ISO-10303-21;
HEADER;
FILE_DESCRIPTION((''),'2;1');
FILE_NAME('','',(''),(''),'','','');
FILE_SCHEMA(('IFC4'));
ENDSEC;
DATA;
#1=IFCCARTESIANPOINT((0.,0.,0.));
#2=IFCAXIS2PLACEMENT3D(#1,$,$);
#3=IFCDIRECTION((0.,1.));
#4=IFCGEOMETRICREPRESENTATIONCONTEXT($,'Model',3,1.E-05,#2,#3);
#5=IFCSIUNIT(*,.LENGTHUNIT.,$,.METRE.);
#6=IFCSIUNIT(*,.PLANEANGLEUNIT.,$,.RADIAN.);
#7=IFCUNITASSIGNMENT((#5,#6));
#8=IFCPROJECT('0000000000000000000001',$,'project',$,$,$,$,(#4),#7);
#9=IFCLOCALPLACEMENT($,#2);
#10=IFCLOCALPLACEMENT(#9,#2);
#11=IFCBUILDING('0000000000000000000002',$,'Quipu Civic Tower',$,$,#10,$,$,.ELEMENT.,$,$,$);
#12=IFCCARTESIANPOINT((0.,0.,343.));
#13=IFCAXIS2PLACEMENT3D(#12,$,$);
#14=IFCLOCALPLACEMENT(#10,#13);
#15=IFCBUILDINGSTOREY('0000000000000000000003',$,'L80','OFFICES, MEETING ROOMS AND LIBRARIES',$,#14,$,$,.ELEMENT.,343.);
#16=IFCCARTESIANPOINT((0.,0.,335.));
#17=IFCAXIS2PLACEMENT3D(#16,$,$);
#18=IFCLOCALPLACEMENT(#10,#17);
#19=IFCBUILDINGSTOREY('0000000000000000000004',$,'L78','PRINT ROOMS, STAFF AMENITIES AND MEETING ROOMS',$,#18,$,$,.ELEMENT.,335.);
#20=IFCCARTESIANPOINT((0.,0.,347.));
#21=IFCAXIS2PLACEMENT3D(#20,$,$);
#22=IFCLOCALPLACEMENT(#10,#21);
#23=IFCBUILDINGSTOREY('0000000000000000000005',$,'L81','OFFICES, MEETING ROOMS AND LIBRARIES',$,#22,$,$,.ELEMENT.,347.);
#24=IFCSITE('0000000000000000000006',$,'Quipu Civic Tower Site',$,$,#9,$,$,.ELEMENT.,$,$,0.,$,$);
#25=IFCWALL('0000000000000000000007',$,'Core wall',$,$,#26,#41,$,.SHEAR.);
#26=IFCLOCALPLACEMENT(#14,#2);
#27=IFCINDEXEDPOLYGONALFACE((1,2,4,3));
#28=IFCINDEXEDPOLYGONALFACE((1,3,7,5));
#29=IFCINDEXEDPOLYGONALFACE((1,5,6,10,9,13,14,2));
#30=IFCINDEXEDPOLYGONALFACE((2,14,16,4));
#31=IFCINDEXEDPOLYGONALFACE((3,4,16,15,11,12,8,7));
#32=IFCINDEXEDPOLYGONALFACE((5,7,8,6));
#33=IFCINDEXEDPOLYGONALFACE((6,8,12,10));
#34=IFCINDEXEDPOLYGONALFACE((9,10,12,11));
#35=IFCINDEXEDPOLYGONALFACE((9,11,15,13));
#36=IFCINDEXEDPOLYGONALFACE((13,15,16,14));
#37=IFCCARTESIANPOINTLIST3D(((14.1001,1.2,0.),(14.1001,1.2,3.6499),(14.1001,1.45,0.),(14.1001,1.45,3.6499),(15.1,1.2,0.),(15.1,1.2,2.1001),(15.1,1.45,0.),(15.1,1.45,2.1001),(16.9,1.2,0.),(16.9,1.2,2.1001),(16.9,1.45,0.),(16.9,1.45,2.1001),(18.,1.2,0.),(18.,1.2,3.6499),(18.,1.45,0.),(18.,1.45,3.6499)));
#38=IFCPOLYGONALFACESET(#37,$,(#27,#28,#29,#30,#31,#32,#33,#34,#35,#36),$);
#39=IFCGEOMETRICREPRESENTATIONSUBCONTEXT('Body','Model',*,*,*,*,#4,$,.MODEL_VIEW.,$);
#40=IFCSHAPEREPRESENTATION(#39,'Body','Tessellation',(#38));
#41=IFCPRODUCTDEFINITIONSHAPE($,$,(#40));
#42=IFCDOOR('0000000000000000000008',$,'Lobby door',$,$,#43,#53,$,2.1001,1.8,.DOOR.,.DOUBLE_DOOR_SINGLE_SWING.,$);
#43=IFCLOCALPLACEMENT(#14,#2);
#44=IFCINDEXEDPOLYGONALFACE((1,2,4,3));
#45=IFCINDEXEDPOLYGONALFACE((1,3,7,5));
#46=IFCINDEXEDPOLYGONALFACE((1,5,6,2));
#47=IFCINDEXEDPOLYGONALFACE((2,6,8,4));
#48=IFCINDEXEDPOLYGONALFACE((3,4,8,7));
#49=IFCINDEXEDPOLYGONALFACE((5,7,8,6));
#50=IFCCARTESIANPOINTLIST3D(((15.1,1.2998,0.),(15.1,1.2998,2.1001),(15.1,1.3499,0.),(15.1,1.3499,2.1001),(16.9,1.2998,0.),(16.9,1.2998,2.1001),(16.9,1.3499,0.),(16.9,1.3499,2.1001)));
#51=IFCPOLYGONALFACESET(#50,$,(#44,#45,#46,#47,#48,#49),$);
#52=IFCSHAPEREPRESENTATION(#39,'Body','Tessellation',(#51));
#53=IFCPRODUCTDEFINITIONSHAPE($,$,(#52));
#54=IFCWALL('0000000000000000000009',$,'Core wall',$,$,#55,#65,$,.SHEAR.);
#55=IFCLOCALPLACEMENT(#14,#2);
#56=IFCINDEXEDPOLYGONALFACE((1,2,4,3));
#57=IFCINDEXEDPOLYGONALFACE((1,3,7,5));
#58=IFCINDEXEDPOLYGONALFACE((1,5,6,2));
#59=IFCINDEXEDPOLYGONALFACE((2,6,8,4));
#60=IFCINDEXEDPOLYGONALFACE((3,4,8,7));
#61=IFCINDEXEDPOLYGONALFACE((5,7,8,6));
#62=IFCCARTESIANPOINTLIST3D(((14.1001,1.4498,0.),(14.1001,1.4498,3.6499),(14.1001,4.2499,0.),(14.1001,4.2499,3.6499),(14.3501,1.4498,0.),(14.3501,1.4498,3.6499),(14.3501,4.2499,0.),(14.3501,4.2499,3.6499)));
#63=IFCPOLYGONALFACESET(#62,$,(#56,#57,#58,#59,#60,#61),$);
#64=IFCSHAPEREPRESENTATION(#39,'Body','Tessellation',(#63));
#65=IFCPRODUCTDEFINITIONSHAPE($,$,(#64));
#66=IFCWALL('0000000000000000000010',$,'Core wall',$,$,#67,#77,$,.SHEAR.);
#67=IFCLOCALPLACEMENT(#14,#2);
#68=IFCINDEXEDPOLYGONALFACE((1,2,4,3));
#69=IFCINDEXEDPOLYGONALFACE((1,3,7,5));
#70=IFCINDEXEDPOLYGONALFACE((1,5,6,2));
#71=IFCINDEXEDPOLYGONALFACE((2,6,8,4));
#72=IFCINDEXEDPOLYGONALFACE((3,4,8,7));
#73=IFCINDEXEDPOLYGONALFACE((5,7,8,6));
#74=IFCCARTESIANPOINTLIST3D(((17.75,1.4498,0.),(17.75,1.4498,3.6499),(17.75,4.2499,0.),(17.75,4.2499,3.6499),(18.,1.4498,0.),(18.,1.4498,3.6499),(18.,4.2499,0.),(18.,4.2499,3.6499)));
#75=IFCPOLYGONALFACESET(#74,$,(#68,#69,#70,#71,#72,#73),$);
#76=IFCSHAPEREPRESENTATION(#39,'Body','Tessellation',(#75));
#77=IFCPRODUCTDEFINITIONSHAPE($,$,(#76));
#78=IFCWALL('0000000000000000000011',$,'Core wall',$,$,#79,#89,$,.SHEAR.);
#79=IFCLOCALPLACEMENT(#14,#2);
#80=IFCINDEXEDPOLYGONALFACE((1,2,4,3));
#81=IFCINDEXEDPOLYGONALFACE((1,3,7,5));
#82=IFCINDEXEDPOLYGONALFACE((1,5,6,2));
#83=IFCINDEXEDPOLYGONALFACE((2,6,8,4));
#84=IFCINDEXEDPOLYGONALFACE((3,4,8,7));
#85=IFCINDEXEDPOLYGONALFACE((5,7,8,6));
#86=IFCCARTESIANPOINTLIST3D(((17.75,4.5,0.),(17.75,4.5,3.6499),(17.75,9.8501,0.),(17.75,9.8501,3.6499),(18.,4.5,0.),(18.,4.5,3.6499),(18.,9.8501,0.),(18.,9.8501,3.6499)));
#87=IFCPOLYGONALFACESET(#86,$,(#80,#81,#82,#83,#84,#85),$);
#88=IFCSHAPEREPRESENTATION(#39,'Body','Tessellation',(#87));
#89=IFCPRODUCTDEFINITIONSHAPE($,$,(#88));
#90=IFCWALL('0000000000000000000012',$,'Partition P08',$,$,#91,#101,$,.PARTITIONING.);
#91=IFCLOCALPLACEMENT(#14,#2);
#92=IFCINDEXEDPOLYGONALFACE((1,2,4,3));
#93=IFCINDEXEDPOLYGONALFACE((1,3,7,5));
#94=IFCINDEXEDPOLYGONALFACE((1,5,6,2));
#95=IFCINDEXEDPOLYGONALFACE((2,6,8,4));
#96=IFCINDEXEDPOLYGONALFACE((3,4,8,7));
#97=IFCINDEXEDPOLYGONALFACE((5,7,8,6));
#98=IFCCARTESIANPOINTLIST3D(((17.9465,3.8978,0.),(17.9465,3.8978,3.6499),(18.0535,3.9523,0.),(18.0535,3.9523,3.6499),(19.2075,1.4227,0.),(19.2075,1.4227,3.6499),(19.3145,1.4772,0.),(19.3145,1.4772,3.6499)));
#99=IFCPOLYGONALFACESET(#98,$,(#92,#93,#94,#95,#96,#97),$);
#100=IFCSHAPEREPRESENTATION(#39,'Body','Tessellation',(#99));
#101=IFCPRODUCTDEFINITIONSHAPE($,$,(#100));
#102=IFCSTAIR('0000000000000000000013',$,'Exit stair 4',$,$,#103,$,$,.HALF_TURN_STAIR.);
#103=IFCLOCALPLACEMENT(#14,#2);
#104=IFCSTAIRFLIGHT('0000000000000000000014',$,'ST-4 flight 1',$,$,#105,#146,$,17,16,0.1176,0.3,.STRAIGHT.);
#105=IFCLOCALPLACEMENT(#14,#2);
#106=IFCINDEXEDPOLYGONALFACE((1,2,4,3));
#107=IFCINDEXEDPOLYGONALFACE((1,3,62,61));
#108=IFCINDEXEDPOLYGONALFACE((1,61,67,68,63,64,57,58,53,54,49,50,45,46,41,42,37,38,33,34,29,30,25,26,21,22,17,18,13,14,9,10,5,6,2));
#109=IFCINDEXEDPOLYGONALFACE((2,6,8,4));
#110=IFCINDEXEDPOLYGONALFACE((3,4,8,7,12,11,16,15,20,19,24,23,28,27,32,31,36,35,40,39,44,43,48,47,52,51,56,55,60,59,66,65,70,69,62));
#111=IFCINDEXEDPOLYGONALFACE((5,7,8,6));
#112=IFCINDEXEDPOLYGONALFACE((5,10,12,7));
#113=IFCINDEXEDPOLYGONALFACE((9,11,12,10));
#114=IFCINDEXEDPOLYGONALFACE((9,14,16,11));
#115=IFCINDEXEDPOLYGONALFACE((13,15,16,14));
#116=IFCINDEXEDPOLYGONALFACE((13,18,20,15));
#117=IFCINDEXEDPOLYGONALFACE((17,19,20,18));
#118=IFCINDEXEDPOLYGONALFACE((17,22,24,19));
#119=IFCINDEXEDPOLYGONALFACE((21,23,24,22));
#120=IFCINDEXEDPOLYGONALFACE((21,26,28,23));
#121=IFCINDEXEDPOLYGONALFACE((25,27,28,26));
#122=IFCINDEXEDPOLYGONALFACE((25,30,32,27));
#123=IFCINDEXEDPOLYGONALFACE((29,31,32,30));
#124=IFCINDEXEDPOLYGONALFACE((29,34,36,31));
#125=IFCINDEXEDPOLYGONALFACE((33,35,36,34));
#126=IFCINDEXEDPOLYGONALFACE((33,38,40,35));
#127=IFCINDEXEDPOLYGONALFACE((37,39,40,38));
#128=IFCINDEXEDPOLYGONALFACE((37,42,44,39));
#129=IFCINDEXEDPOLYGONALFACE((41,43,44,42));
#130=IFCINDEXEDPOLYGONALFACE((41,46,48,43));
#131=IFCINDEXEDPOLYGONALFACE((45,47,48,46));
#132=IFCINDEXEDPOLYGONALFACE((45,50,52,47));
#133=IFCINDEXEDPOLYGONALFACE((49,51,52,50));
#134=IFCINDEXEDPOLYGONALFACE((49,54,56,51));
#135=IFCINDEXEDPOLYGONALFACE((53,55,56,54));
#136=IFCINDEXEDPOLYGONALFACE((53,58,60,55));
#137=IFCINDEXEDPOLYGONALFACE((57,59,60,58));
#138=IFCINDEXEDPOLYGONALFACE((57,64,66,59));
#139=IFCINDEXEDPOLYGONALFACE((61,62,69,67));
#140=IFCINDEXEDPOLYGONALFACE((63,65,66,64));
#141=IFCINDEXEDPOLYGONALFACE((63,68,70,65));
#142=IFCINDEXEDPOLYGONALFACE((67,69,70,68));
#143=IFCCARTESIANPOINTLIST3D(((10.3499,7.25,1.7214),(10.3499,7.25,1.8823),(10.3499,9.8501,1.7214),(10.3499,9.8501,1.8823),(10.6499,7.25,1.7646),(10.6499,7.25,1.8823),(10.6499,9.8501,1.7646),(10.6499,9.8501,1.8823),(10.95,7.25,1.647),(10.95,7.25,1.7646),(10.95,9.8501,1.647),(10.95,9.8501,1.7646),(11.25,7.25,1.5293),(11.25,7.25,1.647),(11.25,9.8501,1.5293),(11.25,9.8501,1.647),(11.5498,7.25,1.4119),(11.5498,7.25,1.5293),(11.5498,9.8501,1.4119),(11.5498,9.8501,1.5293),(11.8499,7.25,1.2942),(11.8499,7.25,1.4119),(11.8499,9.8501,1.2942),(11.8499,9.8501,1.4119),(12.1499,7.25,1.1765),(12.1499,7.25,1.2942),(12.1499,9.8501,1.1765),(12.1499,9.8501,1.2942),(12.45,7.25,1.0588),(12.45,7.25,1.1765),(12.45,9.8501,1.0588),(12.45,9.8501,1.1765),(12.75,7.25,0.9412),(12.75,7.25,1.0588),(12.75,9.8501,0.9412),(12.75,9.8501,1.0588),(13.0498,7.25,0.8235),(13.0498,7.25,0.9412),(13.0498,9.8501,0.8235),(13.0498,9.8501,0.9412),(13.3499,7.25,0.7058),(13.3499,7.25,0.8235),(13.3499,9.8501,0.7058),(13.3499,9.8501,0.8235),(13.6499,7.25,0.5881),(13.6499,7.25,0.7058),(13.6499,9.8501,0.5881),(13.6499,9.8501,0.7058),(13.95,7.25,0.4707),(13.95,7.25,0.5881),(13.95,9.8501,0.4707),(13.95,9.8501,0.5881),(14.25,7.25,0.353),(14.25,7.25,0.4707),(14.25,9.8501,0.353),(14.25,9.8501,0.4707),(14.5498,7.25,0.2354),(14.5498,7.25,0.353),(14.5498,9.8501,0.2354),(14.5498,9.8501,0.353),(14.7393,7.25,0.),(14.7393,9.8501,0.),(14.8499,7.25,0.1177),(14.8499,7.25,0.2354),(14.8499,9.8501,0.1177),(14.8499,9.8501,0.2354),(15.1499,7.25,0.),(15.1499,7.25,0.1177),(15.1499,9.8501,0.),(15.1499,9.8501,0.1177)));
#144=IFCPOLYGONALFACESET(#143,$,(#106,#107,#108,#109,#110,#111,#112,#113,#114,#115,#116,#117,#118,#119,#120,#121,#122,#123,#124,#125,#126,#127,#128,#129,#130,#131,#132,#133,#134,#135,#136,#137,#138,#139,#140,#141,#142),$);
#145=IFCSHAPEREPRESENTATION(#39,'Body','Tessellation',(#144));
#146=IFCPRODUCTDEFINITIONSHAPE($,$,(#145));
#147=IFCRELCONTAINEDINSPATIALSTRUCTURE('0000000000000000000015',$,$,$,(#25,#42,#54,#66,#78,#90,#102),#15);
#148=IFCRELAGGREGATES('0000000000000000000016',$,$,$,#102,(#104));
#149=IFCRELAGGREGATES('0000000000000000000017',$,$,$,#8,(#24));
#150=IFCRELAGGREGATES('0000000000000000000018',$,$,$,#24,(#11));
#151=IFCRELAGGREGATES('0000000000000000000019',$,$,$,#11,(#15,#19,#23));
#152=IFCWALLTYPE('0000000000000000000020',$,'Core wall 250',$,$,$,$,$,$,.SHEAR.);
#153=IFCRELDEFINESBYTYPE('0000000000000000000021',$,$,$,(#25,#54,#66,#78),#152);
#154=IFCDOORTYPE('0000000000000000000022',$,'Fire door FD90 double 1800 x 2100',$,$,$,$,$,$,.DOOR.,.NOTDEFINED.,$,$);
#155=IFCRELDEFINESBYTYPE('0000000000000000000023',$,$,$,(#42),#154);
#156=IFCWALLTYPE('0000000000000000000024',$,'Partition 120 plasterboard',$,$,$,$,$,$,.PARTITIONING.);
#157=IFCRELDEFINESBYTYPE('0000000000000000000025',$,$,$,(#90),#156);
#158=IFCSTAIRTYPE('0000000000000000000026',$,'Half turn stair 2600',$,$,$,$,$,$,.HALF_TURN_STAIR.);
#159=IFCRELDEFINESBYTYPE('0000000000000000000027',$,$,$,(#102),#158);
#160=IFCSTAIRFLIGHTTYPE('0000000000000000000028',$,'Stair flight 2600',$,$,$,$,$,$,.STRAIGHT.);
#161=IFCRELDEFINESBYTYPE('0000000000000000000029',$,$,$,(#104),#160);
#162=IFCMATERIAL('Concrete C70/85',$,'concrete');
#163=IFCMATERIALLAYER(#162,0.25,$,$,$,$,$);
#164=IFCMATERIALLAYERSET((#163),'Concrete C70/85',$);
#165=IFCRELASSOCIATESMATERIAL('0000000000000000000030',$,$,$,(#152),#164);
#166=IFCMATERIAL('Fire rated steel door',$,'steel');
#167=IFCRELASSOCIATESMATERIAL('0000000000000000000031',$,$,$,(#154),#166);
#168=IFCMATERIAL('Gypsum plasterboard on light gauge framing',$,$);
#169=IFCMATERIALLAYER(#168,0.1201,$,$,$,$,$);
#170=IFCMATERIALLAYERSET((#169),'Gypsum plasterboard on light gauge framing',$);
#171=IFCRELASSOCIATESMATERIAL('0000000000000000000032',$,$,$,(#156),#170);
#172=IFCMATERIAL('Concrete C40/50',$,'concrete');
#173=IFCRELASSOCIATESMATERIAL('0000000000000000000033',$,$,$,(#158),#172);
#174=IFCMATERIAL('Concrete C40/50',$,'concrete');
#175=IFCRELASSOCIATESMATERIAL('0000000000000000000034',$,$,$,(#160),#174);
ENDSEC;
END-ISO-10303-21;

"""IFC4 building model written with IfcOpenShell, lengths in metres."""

from ifc_helpers import new_model, si_unit, direction, frame, frame_2d, origin, place, context, subcontext, project, spatial, polyline, rectangle, outline, extrude, material, layer, layer_set, type_object, element, fill, aggregate, save


model = new_model("IFC4")

# Units and contexts
model_context = context("Model", 3, precision=1e-05, world=origin(), true_north=direction((0.0, 1.0)))
body_context = subcontext(model_context, "Body", "Model", "MODEL_VIEW")
ifc_project = project(units=[si_unit("LENGTHUNIT", "METRE"), si_unit("PLANEANGLEUNIT", "RADIAN")], contexts=[model_context])

# Site, building, storey
site_placement = place(None, origin())
site = spatial("IfcSite", under=ifc_project, at=site_placement, Name="Quipu Civic Tower Site", CompositionType="ELEMENT", RefElevation=0.0)
building_placement = place(site_placement, origin())
building = spatial("IfcBuilding", under=site, at=building_placement, Name="Quipu Civic Tower", CompositionType="ELEMENT")
storey_1_placement = place(building_placement, frame((0.0, 0.0, 343.0)))
storey_1 = spatial("IfcBuildingStorey", under=building, at=storey_1_placement, Name="L80", Description="OFFICES, MEETING ROOMS AND LIBRARIES", CompositionType="ELEMENT", Elevation=343.0)

# Shared definitions
storey_2_placement = place(building_placement, frame((0.0, 0.0, 335.0)))
storey_2 = spatial("IfcBuildingStorey", under=building, at=storey_2_placement, Name="L78", Description="PRINT ROOMS, STAFF AMENITIES AND MEETING ROOMS", CompositionType="ELEMENT", Elevation=335.0)

# Shared definitions
storey_3_placement = place(building_placement, frame((0.0, 0.0, 347.0)))
storey_3 = spatial("IfcBuildingStorey", under=building, at=storey_3_placement, Name="L81", Description="OFFICES, MEETING ROOMS AND LIBRARIES", CompositionType="ELEMENT", Elevation=347.0)

# Wall, opening, door
ifc_material_1 = material(Name="Concrete C70/85", Category="concrete")
ifc_layer_1 = layer(ifc_material_1, 0.25)
ifc_layer_set_1 = layer_set([ifc_layer_1], Name="Concrete C70/85")
wall_type_1 = type_object("IfcWallType", Name="Core wall 250", PredefinedType="SHEAR", material=ifc_layer_set_1)
wall_1_placement = place(storey_1_placement, frame((14.1001, 1.325, 0.0), z_axis=(0.0, 0.0, 1.0), x_axis=(1.0, 0.0, 0.0)))
wall_1 = element("IfcWall", 1, at=wall_1_placement, inside=storey_1, type_object=wall_type_1, Name="Core wall", PredefinedType="SHEAR", context=body_context, shape_type="SweptSolid", body=[
    extrude(rectangle(XDim=3.8999, YDim=0.25, at=frame_2d((1.95, 0.0))), origin(), (0.0, 0.0, 1.0), 3.6499),
])
opening_placement = place(wall_1_placement, frame((1.0, 0.0, 0.0)))
opening = element("IfcOpeningElement", 2, at=opening_placement, cuts=wall_1, PredefinedType="OPENING", context=body_context, shape_type="SweptSolid", body=[
    extrude(rectangle(XDim=1.8, YDim=2.1001, at=frame_2d((0.8999, 1.05))), frame((0.0, 0.135, 0.0), z_axis=(0.0, -1.0, 0.0), x_axis=(1.0, 0.0, 0.0)), (0.0, 0.0, 1.0), 0.27),
])
ifc_material_2 = material(Name="Fire rated steel door", Category="steel")
door_type = type_object("IfcDoorType", Name="Fire door FD90 double 1800 x 2100", OperationType="NOTDEFINED", PredefinedType="DOOR", material=ifc_material_2)
door_placement = place(opening_placement, origin())
door = element("IfcDoor", 3, at=door_placement, inside=storey_1, type_object=door_type, Name="Lobby door", OperationType="DOUBLE_DOOR_SINGLE_SWING", OverallHeight=2.1001, OverallWidth=1.8, PredefinedType="DOOR", context=body_context, shape_type="SweptSolid", body=[
    extrude(rectangle(XDim=1.8, YDim=2.1001, at=frame_2d((0.8999, 1.05))), frame((0.0, 0.0249, 0.0), z_axis=(0.0, -1.0, 0.0), x_axis=(1.0, 0.0, 0.0)), (0.0, 0.0, 1.0), 0.05),
])
fill(opening, door)

# Walls
for number, where, z_axis, x_axis, name in (
    (4, (14.2251, 1.45, 0.0), (0.0, 0.0, 1.0), (0.0, 1.0, 0.0), "Core wall"),
    (5, (17.875, 1.45, 0.0), (0.0, 0.0, 1.0), (0.0, 1.0, 0.0), "Core wall"),
):
    element("IfcWall", number, at=place(storey_1_placement, frame(where, z_axis=z_axis, x_axis=x_axis)), inside=storey_1, type_object=wall_type_1, Name=name, PredefinedType="SHEAR", context=body_context, shape_type="SweptSolid", body=[
        extrude(rectangle(XDim=2.8, YDim=0.25, at=frame_2d((1.3999, 0.0))), origin(), (0.0, 0.0, 1.0), 3.6499),
    ])
wall_2_placement = place(storey_1_placement, frame((17.875, 4.5, 0.0), z_axis=(0.0, 0.0, 1.0), x_axis=(0.0, 1.0, 0.0)))
element("IfcWall", 6, at=wall_2_placement, inside=storey_1, type_object=wall_type_1, Name="Core wall", PredefinedType="SHEAR", context=body_context, shape_type="SweptSolid", body=[
    extrude(rectangle(XDim=5.3501, YDim=0.25, at=frame_2d((2.675, 0.0))), origin(), (0.0, 0.0, 1.0), 3.6499),
])
ifc_material_3 = material(Name="Gypsum plasterboard on light gauge framing")
ifc_layer_2 = layer(ifc_material_3, 0.1201)
ifc_layer_set_2 = layer_set([ifc_layer_2], Name="Gypsum plasterboard on light gauge framing")
wall_type_2 = type_object("IfcWallType", Name="Partition 120 plasterboard", PredefinedType="PARTITIONING", material=ifc_layer_set_2)
wall_3_placement = place(storey_1_placement, frame((18.0, 3.925, 0.0), z_axis=(0.0, 0.0, 1.0), x_axis=(0.453951, -0.891027, 0.0)))
element("IfcWall", 7, at=wall_3_placement, inside=storey_1, type_object=wall_type_2, Name="Partition P08", PredefinedType="PARTITIONING", context=body_context, shape_type="SweptSolid", body=[
    extrude(rectangle(XDim=2.7778, YDim=0.1201, at=frame_2d((1.3889, 0.0))), origin(), (0.0, 0.0, 1.0), 3.6499),
])

# Stair, stair flight
ifc_material_4 = material(Name="Concrete C40/50", Category="concrete")
stair_type = type_object("IfcStairType", Name="Half turn stair 2600", PredefinedType="HALF_TURN_STAIR", material=ifc_material_4)
stair_placement = place(storey_1_placement, origin())
stair = element("IfcStair", 8, at=stair_placement, inside=storey_1, type_object=stair_type, Name="Exit stair 4", PredefinedType="HALF_TURN_STAIR")
ifc_material_5 = material(Name="Concrete C40/50", Category="concrete")
stair_flight_type = type_object("IfcStairFlightType", Name="Stair flight 2600", PredefinedType="STRAIGHT", material=ifc_material_5)
stair_flight_placement = place(storey_1_placement, frame((15.1499, 8.55, 0.0), z_axis=(0.0, 0.0, 1.0), x_axis=(-1.0, 0.0, 0.0)))
stair_flight = element("IfcStairFlight", 9, at=stair_flight_placement, type_object=stair_flight_type, Name="ST-4 flight 1", NumberOfRisers=17, NumberOfTreads=16, PredefinedType="STRAIGHT", RiserHeight=0.1176, TreadLength=0.3, context=body_context, shape_type="SweptSolid", body=[
    extrude(outline(polyline([(0.0, 0.0), (0.0, 0.1177), (0.3, 0.1177), (0.3, 0.2354), (0.6001, 0.2354), (0.6001, 0.353), (0.8999, 0.353), (0.8999, 0.4707), (1.2, 0.4707), (1.2, 0.5881), (1.5, 0.5881), (1.5, 0.7058), (1.8, 0.7058), (1.8, 0.8235), (2.1001, 0.8235), (2.1001, 0.9412), (2.3999, 0.9412), (2.3999, 1.0588), (2.7, 1.0588), (2.7, 1.1765), (3.0, 1.1765), (3.0, 1.2942), (3.3, 1.2942), (3.3, 1.4119), (3.6001, 1.4119), (3.6001, 1.5293), (3.8999, 1.5293), (3.8999, 1.647), (4.2, 1.647), (4.2, 1.7646), (4.5, 1.7646), (4.5, 1.8823), (4.8, 1.8823), (4.8, 2.0), (4.8, 1.7214), (0.4106, 0.0), (0.0, 0.0)])), frame((0.0, 1.3, 0.0), z_axis=(0.0, -1.0, 0.0), x_axis=(1.0, 0.0, 0.0)), (0.0, 0.0, 1.0), 2.6001),
])
aggregate(stair, [stair_flight])

save(model, "model.ifc")
